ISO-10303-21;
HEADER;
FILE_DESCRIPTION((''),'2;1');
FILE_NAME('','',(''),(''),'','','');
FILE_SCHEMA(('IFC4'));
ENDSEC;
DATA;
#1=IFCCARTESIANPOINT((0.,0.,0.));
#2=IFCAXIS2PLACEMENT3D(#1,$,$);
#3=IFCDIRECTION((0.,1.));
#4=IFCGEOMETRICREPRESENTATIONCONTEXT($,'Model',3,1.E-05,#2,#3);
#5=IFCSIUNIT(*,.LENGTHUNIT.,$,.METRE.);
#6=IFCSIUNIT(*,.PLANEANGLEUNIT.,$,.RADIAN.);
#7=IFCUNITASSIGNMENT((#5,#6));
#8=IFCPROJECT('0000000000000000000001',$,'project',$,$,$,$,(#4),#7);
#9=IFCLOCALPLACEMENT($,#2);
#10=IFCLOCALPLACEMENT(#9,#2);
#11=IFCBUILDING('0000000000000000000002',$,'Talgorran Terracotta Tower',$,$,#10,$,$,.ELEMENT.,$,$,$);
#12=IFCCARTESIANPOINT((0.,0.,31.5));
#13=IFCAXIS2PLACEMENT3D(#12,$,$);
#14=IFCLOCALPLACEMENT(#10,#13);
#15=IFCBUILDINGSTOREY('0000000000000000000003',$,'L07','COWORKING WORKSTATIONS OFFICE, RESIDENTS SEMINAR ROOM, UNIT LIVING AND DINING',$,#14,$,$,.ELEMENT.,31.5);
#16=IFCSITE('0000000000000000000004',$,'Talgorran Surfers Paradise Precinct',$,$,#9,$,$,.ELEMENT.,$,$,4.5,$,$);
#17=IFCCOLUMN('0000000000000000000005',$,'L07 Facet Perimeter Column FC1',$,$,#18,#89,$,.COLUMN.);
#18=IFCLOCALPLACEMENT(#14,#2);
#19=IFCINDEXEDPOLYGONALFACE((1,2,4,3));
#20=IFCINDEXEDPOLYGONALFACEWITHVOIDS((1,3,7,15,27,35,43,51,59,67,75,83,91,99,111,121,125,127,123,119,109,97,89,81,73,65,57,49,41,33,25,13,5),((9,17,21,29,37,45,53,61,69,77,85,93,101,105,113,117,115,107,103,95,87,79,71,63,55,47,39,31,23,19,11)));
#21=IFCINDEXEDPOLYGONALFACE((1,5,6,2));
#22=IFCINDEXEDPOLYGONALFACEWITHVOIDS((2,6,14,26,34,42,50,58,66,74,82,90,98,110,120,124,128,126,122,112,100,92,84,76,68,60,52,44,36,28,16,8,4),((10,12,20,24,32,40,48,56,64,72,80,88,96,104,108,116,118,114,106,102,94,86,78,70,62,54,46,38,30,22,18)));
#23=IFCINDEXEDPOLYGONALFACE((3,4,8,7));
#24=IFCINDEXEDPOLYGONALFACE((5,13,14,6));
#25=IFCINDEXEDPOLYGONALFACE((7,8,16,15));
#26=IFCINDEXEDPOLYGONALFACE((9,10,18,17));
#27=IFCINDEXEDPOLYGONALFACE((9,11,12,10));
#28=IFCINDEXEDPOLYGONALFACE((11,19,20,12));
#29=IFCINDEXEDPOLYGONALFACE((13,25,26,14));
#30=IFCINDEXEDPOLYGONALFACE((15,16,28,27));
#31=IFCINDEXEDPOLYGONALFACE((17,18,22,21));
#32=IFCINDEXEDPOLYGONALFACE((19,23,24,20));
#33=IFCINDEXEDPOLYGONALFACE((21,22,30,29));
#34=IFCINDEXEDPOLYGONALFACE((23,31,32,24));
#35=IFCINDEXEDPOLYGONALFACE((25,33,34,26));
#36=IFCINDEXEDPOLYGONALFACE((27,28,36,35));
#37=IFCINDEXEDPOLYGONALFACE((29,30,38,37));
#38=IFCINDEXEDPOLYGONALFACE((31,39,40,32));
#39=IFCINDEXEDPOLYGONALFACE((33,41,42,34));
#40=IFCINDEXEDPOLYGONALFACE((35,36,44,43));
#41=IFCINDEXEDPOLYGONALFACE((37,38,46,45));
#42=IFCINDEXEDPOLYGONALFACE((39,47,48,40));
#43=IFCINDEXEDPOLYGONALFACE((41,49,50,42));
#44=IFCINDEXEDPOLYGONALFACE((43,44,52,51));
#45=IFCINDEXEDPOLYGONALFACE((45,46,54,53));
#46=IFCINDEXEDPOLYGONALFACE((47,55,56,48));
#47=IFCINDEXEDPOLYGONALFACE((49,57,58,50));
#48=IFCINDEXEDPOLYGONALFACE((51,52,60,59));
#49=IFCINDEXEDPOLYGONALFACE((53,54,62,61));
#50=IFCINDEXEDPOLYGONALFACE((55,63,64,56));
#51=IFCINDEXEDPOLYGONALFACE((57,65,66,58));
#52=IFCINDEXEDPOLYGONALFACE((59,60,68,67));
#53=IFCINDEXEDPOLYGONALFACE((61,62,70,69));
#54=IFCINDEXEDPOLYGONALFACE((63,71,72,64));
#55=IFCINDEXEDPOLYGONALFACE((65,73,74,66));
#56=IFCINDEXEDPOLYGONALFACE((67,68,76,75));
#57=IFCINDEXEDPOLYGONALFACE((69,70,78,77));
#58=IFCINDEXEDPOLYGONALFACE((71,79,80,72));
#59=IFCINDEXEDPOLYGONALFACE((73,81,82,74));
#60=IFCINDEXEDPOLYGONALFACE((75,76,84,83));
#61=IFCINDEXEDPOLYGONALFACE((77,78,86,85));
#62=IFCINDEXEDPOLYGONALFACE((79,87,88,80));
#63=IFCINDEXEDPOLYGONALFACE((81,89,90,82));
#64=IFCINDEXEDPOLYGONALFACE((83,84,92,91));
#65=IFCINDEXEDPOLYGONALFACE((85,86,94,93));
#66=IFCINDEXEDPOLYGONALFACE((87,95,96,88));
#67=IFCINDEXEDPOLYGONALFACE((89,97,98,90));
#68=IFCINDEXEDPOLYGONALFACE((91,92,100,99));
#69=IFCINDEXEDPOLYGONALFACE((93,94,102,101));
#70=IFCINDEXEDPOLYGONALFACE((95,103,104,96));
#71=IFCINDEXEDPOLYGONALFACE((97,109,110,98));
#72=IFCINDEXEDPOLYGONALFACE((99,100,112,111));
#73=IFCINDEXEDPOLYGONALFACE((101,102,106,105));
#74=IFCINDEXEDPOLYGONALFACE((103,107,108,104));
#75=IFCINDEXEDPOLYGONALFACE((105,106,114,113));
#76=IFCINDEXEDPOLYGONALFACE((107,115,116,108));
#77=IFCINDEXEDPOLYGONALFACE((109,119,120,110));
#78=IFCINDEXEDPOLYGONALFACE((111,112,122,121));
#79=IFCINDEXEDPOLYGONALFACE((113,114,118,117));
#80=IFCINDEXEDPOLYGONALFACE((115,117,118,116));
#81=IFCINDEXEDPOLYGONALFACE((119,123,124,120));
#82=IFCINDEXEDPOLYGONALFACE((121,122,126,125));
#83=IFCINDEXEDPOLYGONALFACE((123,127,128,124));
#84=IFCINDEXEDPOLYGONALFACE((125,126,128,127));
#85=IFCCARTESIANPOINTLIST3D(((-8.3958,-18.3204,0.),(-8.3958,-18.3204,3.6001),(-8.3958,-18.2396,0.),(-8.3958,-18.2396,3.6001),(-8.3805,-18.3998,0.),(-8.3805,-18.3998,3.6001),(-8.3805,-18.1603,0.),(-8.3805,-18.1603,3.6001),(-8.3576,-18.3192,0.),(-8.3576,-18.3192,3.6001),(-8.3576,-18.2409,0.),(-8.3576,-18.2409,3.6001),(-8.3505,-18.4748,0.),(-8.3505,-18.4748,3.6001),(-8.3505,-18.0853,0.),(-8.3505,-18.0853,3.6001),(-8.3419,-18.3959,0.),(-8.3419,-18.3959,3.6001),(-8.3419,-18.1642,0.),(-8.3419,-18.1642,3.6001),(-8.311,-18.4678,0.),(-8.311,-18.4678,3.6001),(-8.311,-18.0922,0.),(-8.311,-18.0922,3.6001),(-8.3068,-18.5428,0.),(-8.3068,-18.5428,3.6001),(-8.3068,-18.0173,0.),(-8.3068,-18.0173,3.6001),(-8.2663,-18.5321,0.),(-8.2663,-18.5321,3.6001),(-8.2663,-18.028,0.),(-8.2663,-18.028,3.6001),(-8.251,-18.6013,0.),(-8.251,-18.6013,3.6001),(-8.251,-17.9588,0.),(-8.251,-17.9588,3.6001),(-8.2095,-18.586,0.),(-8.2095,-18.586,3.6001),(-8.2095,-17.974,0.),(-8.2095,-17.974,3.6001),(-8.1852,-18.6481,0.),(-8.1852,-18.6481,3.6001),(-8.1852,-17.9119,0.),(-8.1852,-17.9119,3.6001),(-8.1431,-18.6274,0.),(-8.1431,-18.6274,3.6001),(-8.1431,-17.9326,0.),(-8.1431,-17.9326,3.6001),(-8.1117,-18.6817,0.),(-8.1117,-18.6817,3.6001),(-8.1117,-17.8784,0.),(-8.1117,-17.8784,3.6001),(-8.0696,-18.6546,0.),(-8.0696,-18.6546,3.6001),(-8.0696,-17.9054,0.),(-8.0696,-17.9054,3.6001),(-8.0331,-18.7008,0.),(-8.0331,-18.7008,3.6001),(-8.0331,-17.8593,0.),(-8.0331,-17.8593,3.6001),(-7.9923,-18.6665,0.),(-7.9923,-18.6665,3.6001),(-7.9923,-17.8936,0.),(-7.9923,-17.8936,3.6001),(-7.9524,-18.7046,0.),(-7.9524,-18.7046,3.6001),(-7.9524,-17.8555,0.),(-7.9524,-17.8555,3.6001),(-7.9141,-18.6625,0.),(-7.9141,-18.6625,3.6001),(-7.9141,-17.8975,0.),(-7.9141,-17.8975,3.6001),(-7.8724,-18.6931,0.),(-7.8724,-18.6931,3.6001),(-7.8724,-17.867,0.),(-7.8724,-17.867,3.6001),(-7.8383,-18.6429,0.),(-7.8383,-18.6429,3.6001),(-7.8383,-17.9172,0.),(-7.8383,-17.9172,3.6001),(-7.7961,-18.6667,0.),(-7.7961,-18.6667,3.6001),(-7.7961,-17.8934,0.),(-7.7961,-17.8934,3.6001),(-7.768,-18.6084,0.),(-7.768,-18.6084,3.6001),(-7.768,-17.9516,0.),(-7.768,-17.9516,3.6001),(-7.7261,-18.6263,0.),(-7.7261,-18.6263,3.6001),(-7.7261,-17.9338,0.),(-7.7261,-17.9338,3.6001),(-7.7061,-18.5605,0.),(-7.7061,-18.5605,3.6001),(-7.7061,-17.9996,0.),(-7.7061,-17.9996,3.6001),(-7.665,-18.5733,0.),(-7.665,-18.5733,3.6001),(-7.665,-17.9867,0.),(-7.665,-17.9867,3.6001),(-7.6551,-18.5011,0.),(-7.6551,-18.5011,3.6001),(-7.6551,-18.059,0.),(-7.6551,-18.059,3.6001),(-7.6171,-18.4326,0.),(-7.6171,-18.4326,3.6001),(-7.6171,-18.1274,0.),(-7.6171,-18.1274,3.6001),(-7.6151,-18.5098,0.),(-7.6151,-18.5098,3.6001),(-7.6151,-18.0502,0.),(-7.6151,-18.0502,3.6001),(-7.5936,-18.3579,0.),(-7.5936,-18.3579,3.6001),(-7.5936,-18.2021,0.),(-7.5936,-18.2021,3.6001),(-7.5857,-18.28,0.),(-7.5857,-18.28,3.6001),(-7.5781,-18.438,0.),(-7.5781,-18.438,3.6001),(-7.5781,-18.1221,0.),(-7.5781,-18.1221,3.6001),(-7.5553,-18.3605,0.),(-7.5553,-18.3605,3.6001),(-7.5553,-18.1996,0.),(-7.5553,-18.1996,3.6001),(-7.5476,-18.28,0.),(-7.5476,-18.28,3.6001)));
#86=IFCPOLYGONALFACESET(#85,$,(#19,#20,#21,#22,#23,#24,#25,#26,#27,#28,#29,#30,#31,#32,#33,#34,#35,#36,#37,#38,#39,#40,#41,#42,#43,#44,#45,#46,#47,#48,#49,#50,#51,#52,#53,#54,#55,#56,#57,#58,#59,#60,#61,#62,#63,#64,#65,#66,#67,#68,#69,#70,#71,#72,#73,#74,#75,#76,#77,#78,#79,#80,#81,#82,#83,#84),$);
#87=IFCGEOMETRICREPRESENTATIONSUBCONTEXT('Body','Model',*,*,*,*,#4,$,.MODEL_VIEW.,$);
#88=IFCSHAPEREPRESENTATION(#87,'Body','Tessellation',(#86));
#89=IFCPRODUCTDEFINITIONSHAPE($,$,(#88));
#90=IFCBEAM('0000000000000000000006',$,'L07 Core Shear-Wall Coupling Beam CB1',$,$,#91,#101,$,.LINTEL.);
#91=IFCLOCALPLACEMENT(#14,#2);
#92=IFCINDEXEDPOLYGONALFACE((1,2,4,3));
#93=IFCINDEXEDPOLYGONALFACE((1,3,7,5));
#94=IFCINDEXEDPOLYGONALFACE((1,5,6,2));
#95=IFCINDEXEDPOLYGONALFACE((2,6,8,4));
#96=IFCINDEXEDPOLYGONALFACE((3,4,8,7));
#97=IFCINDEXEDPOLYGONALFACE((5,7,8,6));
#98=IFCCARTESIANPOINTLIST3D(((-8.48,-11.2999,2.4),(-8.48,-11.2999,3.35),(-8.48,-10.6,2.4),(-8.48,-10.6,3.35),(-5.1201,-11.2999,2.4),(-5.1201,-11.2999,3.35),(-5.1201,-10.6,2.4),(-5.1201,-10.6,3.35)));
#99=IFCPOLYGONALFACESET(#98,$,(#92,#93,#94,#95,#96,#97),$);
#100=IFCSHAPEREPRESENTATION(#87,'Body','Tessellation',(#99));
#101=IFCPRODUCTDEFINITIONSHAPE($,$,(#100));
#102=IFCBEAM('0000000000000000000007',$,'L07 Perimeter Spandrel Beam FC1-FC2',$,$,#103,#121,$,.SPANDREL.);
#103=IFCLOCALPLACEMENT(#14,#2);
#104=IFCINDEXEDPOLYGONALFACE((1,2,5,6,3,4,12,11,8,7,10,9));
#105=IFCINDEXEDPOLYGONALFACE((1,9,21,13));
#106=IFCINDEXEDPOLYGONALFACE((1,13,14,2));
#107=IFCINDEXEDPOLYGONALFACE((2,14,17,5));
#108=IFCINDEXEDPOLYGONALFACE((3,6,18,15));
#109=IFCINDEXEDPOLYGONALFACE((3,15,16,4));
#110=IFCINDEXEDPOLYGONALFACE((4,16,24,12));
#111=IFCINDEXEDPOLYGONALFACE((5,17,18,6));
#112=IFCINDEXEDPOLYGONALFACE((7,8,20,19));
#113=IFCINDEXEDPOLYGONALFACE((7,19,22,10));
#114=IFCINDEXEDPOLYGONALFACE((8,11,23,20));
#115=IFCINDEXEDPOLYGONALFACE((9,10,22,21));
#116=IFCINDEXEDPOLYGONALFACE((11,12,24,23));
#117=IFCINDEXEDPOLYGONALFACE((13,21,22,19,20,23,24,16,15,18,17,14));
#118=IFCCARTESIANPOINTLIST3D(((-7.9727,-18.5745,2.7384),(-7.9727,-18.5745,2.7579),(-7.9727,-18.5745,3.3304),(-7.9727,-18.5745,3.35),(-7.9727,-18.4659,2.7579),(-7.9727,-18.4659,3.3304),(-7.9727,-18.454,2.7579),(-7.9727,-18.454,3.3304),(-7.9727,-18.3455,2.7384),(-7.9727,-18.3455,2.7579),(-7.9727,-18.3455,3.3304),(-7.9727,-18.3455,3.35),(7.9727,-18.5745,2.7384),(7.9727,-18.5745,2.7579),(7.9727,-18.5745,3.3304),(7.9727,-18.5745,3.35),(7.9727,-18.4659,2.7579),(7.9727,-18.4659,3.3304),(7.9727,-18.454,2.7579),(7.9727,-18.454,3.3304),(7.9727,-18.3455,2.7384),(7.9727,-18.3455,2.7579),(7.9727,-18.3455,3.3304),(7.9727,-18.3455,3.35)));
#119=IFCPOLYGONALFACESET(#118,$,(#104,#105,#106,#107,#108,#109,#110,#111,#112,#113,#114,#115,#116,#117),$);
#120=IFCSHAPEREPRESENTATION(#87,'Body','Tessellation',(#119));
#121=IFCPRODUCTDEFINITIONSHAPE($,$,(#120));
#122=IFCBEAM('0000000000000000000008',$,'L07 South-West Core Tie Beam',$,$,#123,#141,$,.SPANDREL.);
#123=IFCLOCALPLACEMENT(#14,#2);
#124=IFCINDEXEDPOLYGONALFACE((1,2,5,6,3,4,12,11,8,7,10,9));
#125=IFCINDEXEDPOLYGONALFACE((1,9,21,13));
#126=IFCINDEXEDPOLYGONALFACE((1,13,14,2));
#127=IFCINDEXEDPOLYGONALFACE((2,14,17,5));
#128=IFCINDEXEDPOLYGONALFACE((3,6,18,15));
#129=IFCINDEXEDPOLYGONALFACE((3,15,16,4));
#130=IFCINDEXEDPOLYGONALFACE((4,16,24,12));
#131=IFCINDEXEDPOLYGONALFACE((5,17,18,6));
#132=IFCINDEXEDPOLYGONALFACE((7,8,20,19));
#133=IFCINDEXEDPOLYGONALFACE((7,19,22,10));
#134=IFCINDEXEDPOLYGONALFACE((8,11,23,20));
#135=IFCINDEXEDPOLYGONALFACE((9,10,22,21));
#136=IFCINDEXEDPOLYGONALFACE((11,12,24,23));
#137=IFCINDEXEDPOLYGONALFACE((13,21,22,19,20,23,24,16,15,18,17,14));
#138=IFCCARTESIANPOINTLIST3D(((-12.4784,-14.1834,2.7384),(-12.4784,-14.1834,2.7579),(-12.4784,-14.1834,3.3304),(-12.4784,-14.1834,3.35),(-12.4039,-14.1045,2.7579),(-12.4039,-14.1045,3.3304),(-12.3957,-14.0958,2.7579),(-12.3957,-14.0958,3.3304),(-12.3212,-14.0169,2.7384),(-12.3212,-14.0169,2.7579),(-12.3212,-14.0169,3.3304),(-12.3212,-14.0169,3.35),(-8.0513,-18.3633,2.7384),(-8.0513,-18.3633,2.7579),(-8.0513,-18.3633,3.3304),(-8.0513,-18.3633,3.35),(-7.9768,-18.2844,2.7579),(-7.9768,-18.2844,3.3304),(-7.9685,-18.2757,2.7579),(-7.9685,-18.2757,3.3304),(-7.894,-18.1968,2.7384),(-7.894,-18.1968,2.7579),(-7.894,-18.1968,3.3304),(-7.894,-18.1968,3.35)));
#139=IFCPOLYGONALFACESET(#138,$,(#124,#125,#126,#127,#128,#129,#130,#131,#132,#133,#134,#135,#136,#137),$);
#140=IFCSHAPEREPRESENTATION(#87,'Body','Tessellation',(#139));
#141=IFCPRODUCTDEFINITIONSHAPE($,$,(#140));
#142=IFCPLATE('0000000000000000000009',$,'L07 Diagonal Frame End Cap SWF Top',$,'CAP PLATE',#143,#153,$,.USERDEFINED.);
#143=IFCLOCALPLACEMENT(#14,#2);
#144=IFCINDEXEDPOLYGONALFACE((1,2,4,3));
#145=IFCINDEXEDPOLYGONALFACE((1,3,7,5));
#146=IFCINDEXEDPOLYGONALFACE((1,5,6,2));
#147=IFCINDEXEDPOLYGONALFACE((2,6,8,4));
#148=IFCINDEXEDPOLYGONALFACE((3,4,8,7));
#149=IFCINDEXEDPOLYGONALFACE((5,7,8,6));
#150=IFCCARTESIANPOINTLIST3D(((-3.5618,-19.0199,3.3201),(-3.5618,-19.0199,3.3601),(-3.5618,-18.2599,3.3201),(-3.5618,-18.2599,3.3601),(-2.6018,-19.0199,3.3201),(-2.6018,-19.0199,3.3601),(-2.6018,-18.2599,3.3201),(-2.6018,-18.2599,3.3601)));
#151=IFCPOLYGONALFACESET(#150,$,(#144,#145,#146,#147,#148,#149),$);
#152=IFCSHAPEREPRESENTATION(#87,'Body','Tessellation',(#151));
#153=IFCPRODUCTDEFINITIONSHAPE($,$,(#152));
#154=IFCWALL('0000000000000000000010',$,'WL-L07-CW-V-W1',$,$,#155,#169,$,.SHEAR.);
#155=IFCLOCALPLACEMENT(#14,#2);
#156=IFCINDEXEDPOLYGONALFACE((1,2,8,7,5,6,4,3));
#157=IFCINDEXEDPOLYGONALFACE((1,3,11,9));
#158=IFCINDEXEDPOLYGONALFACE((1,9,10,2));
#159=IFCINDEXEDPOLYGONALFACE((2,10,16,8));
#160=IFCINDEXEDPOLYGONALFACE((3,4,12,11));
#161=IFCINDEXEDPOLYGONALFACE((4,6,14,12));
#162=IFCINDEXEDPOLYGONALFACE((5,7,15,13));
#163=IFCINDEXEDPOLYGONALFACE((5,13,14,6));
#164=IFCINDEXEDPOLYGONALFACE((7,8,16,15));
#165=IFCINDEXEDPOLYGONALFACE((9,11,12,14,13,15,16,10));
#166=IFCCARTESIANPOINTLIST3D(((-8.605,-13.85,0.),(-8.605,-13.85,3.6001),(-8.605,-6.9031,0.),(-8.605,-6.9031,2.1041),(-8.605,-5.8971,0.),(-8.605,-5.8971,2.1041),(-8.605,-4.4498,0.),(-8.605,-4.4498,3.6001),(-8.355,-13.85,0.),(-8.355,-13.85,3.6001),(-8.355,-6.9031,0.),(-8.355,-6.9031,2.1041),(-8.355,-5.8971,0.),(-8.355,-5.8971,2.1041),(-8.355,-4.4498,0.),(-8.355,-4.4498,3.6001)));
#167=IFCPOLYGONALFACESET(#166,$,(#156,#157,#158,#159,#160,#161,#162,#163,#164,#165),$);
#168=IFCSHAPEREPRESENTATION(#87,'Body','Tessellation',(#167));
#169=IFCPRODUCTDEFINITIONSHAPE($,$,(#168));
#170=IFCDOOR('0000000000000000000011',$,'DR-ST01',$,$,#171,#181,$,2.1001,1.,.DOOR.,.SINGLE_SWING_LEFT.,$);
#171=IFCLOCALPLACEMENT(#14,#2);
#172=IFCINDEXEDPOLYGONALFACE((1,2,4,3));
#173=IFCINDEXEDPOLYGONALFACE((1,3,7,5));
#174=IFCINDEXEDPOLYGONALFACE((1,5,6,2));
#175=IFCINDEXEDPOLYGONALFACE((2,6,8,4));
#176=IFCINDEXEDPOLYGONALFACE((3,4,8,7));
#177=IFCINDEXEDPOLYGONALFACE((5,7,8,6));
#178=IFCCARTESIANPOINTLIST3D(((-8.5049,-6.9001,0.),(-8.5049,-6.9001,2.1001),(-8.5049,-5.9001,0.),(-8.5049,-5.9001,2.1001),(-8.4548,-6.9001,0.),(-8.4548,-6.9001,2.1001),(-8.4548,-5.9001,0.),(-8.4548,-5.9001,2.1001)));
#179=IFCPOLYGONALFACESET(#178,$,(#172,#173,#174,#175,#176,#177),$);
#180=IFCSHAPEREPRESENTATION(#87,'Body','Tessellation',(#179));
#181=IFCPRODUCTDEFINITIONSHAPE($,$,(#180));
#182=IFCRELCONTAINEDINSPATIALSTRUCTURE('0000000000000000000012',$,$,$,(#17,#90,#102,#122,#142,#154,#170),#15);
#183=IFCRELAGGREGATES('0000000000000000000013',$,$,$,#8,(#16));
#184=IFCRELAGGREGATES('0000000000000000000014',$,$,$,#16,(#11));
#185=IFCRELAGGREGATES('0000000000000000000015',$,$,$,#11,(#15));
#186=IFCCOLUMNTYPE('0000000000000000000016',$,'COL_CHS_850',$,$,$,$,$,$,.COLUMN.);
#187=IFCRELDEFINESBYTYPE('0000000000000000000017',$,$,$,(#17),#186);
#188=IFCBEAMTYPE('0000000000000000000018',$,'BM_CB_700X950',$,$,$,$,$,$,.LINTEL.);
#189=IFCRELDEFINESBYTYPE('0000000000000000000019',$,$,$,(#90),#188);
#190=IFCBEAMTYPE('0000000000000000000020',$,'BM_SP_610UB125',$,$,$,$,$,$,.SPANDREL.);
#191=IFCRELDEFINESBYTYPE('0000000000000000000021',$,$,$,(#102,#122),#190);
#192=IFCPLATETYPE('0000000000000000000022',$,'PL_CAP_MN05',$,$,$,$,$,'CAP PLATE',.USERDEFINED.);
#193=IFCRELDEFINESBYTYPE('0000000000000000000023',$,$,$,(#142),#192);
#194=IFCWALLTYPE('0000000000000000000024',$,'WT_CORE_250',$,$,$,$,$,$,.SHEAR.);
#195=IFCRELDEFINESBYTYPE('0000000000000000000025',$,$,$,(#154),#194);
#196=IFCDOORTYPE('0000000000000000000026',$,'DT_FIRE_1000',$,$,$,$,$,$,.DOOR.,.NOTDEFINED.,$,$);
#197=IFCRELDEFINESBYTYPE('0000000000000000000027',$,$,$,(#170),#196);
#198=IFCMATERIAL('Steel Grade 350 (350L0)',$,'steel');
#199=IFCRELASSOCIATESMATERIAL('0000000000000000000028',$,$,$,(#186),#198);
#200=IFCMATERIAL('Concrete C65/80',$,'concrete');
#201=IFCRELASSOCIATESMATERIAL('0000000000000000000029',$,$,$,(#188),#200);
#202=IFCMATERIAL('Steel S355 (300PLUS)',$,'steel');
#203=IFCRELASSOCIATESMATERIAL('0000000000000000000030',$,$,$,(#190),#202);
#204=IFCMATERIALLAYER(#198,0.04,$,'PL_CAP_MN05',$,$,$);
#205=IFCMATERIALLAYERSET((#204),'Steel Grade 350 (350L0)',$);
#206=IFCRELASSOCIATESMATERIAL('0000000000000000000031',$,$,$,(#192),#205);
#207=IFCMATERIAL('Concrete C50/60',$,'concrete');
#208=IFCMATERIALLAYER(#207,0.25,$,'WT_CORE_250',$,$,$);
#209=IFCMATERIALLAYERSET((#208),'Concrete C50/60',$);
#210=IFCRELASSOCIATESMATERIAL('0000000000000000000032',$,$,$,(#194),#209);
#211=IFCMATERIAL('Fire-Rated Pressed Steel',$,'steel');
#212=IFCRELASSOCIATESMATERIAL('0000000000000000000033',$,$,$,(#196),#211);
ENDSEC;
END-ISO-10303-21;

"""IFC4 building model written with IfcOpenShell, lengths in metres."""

from ifc_helpers import new_model, si_unit, direction, frame, frame_2d, origin, origin_2d, place, context, subcontext, project, spatial, rectangle, hollow_circle, i_section, extrude, material, layer, layer_set, material_profile, profile_set, type_object, element, fill, save


model = new_model("IFC4")

# Units and contexts
model_context = context("Model", 3, precision=1e-05, world=origin(), true_north=direction((0.0, 1.0)))
body_context = subcontext(model_context, "Body", "Model", "MODEL_VIEW")
ifc_project = project(units=[si_unit("LENGTHUNIT", "METRE"), si_unit("PLANEANGLEUNIT", "RADIAN")], contexts=[model_context])

# Site, building, storey
site_placement = place(None, origin())
site = spatial("IfcSite", under=ifc_project, at=site_placement, Name="Talgorran Surfers Paradise Precinct", CompositionType="ELEMENT", RefElevation=4.5)
building_placement = place(site_placement, origin())
building = spatial("IfcBuilding", under=site, at=building_placement, Name="Talgorran Terracotta Tower", CompositionType="ELEMENT")
storey_placement = place(building_placement, frame((0.0, 0.0, 31.5)))
storey = spatial("IfcBuildingStorey", under=building, at=storey_placement, Name="L07", Description="COWORKING WORKSTATIONS OFFICE, RESIDENTS SEMINAR ROOM, UNIT LIVING AND DINING", CompositionType="ELEMENT", Elevation=31.5)

# Column
ifc_material_1 = material(Name="Steel Grade 350 (350L0)", Category="steel")
ifc_material_profile_1 = material_profile(ifc_material_1, hollow_circle(Radius=0.425, WallThickness=0.0381, at=origin_2d()), Name="CHS850X38")
ifc_profile_set_1 = profile_set([ifc_material_profile_1], Name="Steel Grade 350 (350L0)")
column_type = type_object("IfcColumnType", Name="COL_CHS_850", PredefinedType="COLUMN", material=ifc_profile_set_1)
column_placement = place(storey_placement, frame((-7.9727, -18.28, 0.0), z_axis=(0.0, 0.0, 1.0), x_axis=(1.0, 0.0, 0.0)))
element("IfcColumn", 1, at=column_placement, inside=storey, type_object=column_type, Name="L07 Facet Perimeter Column FC1", PredefinedType="COLUMN", context=body_context, shape_type="SweptSolid", body=[
    extrude(hollow_circle(Radius=0.425, WallThickness=0.0381, at=origin_2d()), origin(), (0.0, 0.0, 1.0), 3.6001),
])

# Beams
ifc_material_2 = material(Name="Concrete C65/80", Category="concrete")
ifc_material_profile_2 = material_profile(ifc_material_2, rectangle(XDim=0.7, YDim=0.95, at=origin_2d()), Name="RCCB700X950")
ifc_profile_set_2 = profile_set([ifc_material_profile_2], Name="Concrete C65/80")
beam_type_1 = type_object("IfcBeamType", Name="BM_CB_700X950", PredefinedType="LINTEL", material=ifc_profile_set_2)
beam_1_placement = place(storey_placement, frame((-8.48, -10.95, 2.875), z_axis=(1.0, 0.0, 0.0), x_axis=(0.0, 1.0, 0.0)))
element("IfcBeam", 2, at=beam_1_placement, inside=storey, type_object=beam_type_1, Name="L07 Core Shear-Wall Coupling Beam CB1", PredefinedType="LINTEL", context=body_context, shape_type="SweptSolid", body=[
    extrude(rectangle(XDim=0.7, YDim=0.95, at=origin_2d()), origin(), (0.0, 0.0, 1.0), 3.3599),
])
ifc_material_3 = material(Name="Steel S355 (300PLUS)", Category="steel")
ifc_material_profile_3 = material_profile(ifc_material_3, i_section(OverallWidth=0.229, OverallDepth=0.6116, WebThickness=0.012, FlangeThickness=0.0195, at=origin_2d()), Name="610UB125")
ifc_profile_set_3 = profile_set([ifc_material_profile_3], Name="Steel S355 (300PLUS)")
beam_type_2 = type_object("IfcBeamType", Name="BM_SP_610UB125", PredefinedType="SPANDREL", material=ifc_profile_set_3)
beam_2_placement = place(storey_placement, frame((-7.9727, -18.46, 3.0442), z_axis=(1.0, 0.0, 0.0), x_axis=(0.0, 1.0, 0.0)))
element("IfcBeam", 3, at=beam_2_placement, inside=storey, type_object=beam_type_2, Name="L07 Perimeter Spandrel Beam FC1-FC2", PredefinedType="SPANDREL", context=body_context, shape_type="SweptSolid", body=[
    extrude(i_section(OverallWidth=0.229, OverallDepth=0.6116, WebThickness=0.012, FlangeThickness=0.0195, at=origin_2d()), origin(), (0.0, 0.0, 1.0), 15.9453),
])
beam_3_placement = place(storey_placement, frame((-7.9727, -18.28, 3.0442), z_axis=(-0.727124, 0.686506, 0.0), x_axis=(-0.686506, -0.727124, 0.0)))
element("IfcBeam", 4, at=beam_3_placement, inside=storey, type_object=beam_type_2, Name="L07 South-West Core Tie Beam", PredefinedType="SPANDREL", context=body_context, shape_type="SweptSolid", body=[
    extrude(i_section(OverallWidth=0.229, OverallDepth=0.6116, WebThickness=0.012, FlangeThickness=0.0195, at=origin_2d()), origin(), (0.0, 0.0, 1.0), 6.0886),
])

# Plate
ifc_layer_1 = layer(ifc_material_1, 0.04, Name="PL_CAP_MN05")
ifc_layer_set_1 = layer_set([ifc_layer_1], Name="Steel Grade 350 (350L0)")
plate_type = type_object("IfcPlateType", Name="PL_CAP_MN05", ElementType="CAP PLATE", PredefinedType="USERDEFINED", material=ifc_layer_set_1)
plate_placement = place(storey_placement, frame((-3.0818, -18.6399, 3.3201), z_axis=(0.0, 0.0, 1.0), x_axis=(1.0, 0.0, 0.0)))
element("IfcPlate", 5, at=plate_placement, inside=storey, type_object=plate_type, Name="L07 Diagonal Frame End Cap SWF Top", ObjectType="CAP PLATE", PredefinedType="USERDEFINED", context=body_context, shape_type="SweptSolid", body=[
    extrude(rectangle(XDim=0.96, YDim=0.76, at=origin_2d()), origin(), (0.0, 0.0, 1.0), 0.04),
])

# Wall, opening, door
ifc_material_4 = material(Name="Concrete C50/60", Category="concrete")
ifc_layer_2 = layer(ifc_material_4, 0.25, Name="WT_CORE_250")
ifc_layer_set_2 = layer_set([ifc_layer_2], Name="Concrete C50/60")
wall_type_1 = type_object("IfcWallType", Name="WT_CORE_250", PredefinedType="SHEAR", material=ifc_layer_set_2)
wall_1_placement = place(storey_placement, frame((-8.48, -13.8501, 0.0), z_axis=(0.0, 0.0, 1.0), x_axis=(0.0, 1.0, 0.0)))
wall_1 = element("IfcWall", 6, at=wall_1_placement, inside=storey, type_object=wall_type_1, Name="WL-L07-CW-V-W1", PredefinedType="SHEAR", context=body_context, shape_type="SweptSolid", body=[
    extrude(rectangle(XDim=9.4001, YDim=0.25, at=frame_2d((4.7002, 0.0))), origin(), (0.0, 0.0, 1.0), 3.6001),
])
opening_placement = place(wall_1_placement, frame((6.95, 0.0, 0.0)))
opening = element("IfcOpeningElement", 7, at=opening_placement, cuts=wall_1, PredefinedType="OPENING", context=body_context, shape_type="SweptSolid", body=[
    extrude(rectangle(XDim=1.006, YDim=2.1041, at=frame_2d((0.5, 1.052))), frame((0.0, 0.135, 0.0), z_axis=(0.0, -1.0, 0.0), x_axis=(1.0, 0.0, 0.0)), (0.0, 0.0, 1.0), 0.27),
])
ifc_material_5 = material(Name="Fire-Rated Pressed Steel", Category="steel")
door_type = type_object("IfcDoorType", Name="DT_FIRE_1000", OperationType="NOTDEFINED", PredefinedType="DOOR", material=ifc_material_5)
door_placement = place(opening_placement, origin())
door = element("IfcDoor", 8, at=door_placement, inside=storey, type_object=door_type, Name="DR-ST01", OperationType="SINGLE_SWING_LEFT", OverallHeight=2.1001, OverallWidth=1.0, PredefinedType="DOOR", context=body_context, shape_type="SweptSolid", body=[
    extrude(rectangle(XDim=1.0, YDim=2.1001, at=frame_2d((0.5, 1.05))), frame((0.0, 0.0249, 0.0), z_axis=(0.0, -1.0, 0.0), x_axis=(1.0, 0.0, 0.0)), (0.0, 0.0, 1.0), 0.05),
])
fill(opening, door)

save(model, "model.ifc")
